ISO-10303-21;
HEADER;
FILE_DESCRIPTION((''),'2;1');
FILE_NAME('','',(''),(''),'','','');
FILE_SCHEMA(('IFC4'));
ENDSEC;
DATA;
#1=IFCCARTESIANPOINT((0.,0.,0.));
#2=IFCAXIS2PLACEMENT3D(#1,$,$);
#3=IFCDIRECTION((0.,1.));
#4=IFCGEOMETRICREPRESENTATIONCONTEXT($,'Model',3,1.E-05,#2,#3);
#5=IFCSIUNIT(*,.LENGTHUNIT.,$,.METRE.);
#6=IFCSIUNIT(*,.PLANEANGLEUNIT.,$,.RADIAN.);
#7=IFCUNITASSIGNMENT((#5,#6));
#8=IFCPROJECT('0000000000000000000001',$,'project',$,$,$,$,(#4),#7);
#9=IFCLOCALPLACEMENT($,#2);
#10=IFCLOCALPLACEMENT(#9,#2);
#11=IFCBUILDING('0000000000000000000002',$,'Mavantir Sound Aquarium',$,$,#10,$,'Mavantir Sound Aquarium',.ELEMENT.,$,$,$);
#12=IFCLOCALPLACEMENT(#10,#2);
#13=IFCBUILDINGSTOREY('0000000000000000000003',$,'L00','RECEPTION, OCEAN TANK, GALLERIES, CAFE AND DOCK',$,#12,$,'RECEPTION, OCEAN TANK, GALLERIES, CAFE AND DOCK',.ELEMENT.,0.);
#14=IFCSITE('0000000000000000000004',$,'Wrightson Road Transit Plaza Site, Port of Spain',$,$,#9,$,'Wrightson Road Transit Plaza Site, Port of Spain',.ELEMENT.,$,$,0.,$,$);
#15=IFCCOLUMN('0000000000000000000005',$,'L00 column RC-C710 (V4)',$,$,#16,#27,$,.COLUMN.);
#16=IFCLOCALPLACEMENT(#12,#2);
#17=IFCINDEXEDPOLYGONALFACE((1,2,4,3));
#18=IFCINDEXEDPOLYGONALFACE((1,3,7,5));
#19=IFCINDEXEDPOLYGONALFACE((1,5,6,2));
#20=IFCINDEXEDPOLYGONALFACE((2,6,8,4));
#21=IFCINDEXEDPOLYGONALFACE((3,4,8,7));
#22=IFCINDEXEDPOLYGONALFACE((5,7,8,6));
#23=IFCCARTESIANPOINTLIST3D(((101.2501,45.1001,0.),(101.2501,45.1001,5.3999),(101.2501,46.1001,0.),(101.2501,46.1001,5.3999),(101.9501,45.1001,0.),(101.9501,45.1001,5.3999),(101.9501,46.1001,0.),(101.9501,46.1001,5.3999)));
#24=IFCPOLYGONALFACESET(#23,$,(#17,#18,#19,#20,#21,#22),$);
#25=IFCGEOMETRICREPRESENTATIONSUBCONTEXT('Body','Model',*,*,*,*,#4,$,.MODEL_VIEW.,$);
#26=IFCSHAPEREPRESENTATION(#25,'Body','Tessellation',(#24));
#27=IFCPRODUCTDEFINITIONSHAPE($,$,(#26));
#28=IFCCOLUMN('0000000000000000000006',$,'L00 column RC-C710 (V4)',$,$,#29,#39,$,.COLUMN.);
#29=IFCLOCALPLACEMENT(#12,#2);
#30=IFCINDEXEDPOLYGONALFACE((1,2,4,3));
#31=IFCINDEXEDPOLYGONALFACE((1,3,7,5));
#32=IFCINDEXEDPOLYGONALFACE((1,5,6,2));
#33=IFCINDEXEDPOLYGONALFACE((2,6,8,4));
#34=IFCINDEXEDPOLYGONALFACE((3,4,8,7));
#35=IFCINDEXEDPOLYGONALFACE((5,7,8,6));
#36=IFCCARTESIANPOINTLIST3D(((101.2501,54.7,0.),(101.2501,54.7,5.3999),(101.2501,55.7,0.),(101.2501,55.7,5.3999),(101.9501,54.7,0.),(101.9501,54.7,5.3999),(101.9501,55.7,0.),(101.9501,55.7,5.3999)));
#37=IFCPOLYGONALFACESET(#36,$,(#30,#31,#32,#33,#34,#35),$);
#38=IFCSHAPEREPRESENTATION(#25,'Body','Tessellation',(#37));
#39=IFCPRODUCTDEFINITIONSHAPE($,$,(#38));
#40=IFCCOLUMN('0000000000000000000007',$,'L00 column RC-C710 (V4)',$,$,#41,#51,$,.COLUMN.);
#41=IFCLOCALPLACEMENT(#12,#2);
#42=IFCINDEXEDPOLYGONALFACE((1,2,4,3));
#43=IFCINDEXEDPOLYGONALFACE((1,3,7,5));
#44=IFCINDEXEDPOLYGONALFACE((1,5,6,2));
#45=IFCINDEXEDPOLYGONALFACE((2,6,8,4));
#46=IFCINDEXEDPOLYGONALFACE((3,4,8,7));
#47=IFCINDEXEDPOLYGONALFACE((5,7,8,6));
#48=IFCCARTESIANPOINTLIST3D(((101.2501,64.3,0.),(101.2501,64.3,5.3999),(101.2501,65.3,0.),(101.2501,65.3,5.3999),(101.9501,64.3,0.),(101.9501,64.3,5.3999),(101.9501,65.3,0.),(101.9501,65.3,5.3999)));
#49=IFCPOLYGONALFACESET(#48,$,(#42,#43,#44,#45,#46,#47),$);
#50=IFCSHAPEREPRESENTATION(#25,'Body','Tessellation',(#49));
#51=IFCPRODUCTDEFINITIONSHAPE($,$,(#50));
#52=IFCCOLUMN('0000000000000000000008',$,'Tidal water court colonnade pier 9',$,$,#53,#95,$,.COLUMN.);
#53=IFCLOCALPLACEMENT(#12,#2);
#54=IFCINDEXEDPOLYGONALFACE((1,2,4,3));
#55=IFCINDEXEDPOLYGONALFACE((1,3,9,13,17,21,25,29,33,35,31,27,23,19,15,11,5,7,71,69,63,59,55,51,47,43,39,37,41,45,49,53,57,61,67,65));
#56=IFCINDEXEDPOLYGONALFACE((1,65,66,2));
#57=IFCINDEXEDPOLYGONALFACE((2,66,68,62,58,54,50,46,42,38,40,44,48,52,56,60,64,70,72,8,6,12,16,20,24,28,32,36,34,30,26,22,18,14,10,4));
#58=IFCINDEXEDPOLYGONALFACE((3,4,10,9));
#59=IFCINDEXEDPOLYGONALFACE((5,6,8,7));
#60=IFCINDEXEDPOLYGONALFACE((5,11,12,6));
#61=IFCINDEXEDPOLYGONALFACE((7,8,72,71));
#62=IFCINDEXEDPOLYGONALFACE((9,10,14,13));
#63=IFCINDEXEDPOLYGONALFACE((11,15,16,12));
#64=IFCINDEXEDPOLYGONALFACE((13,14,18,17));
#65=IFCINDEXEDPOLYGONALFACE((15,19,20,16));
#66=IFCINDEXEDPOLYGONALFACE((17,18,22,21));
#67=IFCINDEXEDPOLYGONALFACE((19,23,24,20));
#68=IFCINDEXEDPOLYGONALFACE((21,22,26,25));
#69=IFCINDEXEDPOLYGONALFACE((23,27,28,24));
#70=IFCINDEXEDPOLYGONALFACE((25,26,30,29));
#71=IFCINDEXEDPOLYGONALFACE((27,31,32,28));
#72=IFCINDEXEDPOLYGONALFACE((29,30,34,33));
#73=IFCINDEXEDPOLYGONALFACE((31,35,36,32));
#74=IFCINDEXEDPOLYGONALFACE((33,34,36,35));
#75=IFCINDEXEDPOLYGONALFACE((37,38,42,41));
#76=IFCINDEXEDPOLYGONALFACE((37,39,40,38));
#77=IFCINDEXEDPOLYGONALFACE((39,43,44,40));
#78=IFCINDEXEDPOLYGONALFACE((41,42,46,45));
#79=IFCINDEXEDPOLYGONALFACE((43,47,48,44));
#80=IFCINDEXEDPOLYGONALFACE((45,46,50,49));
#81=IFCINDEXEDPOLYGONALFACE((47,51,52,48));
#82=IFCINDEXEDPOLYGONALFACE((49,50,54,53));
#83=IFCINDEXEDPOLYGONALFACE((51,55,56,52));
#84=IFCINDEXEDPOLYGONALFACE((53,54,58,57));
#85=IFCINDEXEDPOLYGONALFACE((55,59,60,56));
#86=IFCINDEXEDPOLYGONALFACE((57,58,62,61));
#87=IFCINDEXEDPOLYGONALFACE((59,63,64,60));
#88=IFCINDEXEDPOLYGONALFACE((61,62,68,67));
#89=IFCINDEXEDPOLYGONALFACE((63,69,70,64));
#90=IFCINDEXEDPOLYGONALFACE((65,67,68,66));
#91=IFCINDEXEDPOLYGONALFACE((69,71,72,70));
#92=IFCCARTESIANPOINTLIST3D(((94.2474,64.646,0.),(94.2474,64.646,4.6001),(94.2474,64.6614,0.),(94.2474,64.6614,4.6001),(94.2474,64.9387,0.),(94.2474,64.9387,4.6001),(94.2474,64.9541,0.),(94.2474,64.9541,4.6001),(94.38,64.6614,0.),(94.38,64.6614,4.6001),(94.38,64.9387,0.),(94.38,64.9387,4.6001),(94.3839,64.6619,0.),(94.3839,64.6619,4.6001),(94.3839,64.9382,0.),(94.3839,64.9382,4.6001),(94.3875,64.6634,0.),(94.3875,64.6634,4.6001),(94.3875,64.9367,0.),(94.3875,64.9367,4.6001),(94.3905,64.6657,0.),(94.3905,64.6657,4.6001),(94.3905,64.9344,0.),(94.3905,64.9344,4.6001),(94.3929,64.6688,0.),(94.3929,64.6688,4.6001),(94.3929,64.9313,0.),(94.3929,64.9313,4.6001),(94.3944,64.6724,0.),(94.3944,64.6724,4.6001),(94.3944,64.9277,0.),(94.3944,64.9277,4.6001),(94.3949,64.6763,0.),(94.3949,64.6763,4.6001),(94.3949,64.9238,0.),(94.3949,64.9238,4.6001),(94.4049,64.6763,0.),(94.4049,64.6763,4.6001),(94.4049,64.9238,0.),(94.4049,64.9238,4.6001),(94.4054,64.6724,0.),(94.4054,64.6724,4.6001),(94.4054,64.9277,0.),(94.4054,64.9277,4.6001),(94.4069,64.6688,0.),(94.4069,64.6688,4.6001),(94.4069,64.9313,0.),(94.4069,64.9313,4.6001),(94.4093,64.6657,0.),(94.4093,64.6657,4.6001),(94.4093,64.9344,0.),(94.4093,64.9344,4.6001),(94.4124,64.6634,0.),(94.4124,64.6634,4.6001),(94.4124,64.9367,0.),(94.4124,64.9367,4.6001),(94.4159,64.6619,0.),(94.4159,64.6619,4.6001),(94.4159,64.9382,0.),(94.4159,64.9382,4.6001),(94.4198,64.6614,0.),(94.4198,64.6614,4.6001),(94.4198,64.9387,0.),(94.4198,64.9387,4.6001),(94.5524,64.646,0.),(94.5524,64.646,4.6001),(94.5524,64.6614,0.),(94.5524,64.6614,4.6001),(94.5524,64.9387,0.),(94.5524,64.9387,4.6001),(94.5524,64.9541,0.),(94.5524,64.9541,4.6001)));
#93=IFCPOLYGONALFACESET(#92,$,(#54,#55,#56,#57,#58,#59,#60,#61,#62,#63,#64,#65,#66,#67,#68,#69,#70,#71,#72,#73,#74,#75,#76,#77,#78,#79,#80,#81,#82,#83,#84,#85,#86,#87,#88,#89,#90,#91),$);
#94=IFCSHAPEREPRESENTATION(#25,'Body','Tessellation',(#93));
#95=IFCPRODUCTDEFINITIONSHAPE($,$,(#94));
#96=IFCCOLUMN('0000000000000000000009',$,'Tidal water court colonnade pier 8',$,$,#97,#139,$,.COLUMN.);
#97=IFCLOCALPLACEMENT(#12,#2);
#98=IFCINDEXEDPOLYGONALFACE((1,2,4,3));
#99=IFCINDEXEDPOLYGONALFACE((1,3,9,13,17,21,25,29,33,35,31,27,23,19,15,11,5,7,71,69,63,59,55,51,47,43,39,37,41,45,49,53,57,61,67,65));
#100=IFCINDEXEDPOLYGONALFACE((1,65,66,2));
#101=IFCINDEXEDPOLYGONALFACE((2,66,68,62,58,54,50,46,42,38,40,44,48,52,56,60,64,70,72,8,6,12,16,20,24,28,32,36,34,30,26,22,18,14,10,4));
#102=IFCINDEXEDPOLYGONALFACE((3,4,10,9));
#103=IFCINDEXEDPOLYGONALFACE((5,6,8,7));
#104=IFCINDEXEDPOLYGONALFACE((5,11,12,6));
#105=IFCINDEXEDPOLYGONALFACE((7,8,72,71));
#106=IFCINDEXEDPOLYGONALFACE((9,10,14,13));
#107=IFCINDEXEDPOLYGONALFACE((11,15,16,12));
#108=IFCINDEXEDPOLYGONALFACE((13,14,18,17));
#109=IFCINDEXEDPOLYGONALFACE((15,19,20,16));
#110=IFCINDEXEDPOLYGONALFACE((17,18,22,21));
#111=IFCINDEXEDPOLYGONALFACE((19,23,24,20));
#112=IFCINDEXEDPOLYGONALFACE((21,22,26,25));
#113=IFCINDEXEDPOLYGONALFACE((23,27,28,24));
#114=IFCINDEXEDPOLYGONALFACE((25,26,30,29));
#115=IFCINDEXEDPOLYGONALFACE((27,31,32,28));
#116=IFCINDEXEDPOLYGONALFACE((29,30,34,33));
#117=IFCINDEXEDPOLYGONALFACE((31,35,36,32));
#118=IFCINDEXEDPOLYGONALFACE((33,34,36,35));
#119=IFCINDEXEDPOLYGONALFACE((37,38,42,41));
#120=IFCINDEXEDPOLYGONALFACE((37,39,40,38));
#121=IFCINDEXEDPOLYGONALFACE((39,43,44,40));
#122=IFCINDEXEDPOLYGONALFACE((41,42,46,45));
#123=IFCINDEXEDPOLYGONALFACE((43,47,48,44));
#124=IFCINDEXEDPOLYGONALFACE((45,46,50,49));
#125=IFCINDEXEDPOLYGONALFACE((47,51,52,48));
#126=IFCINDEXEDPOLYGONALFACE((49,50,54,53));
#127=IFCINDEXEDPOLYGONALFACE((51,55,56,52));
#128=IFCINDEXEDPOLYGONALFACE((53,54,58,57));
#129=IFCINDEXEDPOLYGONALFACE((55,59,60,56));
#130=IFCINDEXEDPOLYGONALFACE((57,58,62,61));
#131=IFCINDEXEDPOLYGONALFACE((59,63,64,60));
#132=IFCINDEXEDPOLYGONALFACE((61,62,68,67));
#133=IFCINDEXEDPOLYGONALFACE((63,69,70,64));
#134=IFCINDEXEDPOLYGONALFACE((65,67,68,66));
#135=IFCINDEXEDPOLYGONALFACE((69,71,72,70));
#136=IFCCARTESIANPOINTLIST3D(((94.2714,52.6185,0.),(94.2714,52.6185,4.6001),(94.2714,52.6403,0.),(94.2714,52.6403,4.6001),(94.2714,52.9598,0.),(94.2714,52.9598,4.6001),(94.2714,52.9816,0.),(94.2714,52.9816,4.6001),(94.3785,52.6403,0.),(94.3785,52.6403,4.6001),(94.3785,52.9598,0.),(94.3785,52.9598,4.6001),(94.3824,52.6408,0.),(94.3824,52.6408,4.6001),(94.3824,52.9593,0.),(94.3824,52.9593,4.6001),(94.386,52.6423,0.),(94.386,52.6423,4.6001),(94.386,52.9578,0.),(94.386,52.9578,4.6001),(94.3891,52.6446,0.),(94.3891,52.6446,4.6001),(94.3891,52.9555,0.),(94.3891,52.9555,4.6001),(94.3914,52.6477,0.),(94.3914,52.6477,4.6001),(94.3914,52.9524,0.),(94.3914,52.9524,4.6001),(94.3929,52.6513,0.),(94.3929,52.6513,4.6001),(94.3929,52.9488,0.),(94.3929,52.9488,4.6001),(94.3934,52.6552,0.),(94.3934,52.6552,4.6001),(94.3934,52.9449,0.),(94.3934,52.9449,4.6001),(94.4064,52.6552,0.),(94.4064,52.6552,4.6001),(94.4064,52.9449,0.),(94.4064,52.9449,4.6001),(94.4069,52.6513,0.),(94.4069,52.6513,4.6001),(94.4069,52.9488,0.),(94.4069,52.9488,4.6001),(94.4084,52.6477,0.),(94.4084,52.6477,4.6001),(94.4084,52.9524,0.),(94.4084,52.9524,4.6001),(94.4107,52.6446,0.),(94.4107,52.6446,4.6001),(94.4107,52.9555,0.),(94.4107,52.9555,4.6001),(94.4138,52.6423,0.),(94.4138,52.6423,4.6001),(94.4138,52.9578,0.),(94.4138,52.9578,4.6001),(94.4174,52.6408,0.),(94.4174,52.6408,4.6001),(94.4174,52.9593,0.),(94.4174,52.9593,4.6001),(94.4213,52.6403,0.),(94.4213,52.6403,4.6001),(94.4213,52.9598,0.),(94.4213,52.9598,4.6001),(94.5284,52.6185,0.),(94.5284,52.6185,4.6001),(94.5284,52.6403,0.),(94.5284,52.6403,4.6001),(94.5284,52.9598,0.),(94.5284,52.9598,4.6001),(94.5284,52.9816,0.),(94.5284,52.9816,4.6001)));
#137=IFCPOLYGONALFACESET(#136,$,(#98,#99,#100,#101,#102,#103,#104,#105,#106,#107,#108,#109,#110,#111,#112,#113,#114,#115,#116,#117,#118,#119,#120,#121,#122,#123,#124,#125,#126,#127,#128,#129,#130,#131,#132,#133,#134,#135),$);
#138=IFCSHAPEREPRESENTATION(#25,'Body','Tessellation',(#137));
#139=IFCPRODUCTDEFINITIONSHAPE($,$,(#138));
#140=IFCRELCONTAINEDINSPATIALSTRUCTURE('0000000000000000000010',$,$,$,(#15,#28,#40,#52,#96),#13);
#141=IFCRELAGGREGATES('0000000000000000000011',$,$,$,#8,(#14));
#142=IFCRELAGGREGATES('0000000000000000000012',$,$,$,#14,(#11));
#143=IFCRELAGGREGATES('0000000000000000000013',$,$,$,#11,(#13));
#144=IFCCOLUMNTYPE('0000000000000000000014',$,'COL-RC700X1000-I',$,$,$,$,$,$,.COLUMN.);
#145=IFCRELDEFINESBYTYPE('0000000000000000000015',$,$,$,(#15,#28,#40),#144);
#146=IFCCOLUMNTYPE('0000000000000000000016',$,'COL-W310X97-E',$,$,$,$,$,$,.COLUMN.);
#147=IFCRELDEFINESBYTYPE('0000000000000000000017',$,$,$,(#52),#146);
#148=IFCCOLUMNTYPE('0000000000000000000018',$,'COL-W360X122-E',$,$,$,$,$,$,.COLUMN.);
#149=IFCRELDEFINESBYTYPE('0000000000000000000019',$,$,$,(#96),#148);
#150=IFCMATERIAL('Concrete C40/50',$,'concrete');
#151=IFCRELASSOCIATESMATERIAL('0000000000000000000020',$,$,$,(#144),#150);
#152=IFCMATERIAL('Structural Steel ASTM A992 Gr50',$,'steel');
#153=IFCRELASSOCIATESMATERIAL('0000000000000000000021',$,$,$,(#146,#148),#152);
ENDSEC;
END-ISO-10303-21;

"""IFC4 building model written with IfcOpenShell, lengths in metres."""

from ifc_helpers import new_model, si_unit, direction, frame, origin, origin_2d, place, context, subcontext, project, spatial, rectangle, i_section, extrude, material, material_profile, profile_set, type_object, element, save


model = new_model("IFC4")

# Units and contexts
model_context = context("Model", 3, precision=1e-05, world=origin(), true_north=direction((0.0, 1.0)))
body_context = subcontext(model_context, "Body", "Model", "MODEL_VIEW")
ifc_project = project(units=[si_unit("LENGTHUNIT", "METRE"), si_unit("PLANEANGLEUNIT", "RADIAN")], contexts=[model_context])

# Site, building, storey
site_placement = place(None, origin())
site = spatial("IfcSite", under=ifc_project, at=site_placement, Name="Wrightson Road Transit Plaza Site, Port of Spain", LongName="Wrightson Road Transit Plaza Site, Port of Spain", CompositionType="ELEMENT", RefElevation=0.0)
building_placement = place(site_placement, origin())
building = spatial("IfcBuilding", under=site, at=building_placement, Name="Mavantir Sound Aquarium", LongName="Mavantir Sound Aquarium", CompositionType="ELEMENT")
storey_placement = place(building_placement, origin())
storey = spatial("IfcBuildingStorey", under=building, at=storey_placement, Name="L00", Description="RECEPTION, OCEAN TANK, GALLERIES, CAFE AND DOCK", LongName="RECEPTION, OCEAN TANK, GALLERIES, CAFE AND DOCK", CompositionType="ELEMENT", Elevation=0.0)

# Columns
ifc_material_1 = material(Name="Concrete C40/50", Category="concrete")
ifc_material_profile_1 = material_profile(ifc_material_1, rectangle(XDim=0.7, YDim=1.0, at=origin_2d()), Name="RC 700X1000")
ifc_profile_set_1 = profile_set([ifc_material_profile_1], Name="Concrete C40/50")
column_type_1 = type_object("IfcColumnType", Name="COL-RC700X1000-I", PredefinedType="COLUMN", material=ifc_profile_set_1)
for number, where, z_axis, x_axis, name in (
    (1, (101.6001, 45.6001, 0.0), (0.0, 0.0, 1.0), (1.0, 0.0, 0.0), "L00 column RC-C710 (V4)"),
    (2, (101.6001, 55.2, 0.0), (0.0, 0.0, 1.0), (1.0, 0.0, 0.0), "L00 column RC-C710 (V4)"),
    (3, (101.6001, 64.8, 0.0), (0.0, 0.0, 1.0), (1.0, 0.0, 0.0), "L00 column RC-C710 (V4)"),
):
    element("IfcColumn", number, at=place(storey_placement, frame(where, z_axis=z_axis, x_axis=x_axis)), inside=storey, type_object=column_type_1, Name=name, PredefinedType="COLUMN", context=body_context, shape_type="SweptSolid", body=[
        extrude(rectangle(XDim=0.7, YDim=1.0, at=origin_2d()), origin(), (0.0, 0.0, 1.0), 5.3999),
    ])
ifc_material_2 = material(Name="Structural Steel ASTM A992 Gr50", Category="steel")
ifc_material_profile_2 = material_profile(ifc_material_2, i_section(OverallWidth=0.3049, OverallDepth=0.3081, WebThickness=0.01, FlangeThickness=0.0154, FilletRadius=0.0149, at=origin_2d()), Name="W310X97")
ifc_profile_set_2 = profile_set([ifc_material_profile_2], Name="Structural Steel ASTM A992 Gr50")
column_type_2 = type_object("IfcColumnType", Name="COL-W310X97-E", PredefinedType="COLUMN", material=ifc_profile_set_2)
column_1_placement = place(storey_placement, frame((94.3999, 64.8, 0.0), z_axis=(0.0, 0.0, 1.0), x_axis=(1.0, 0.0, 0.0)))
element("IfcColumn", 4, at=column_1_placement, inside=storey, type_object=column_type_2, Name="Tidal water court colonnade pier 9", PredefinedType="COLUMN", context=body_context, shape_type="SweptSolid", body=[
    extrude(i_section(OverallWidth=0.3049, OverallDepth=0.3081, WebThickness=0.01, FlangeThickness=0.0154, FilletRadius=0.0149, at=origin_2d()), origin(), (0.0, 0.0, 1.0), 4.6001),
])
ifc_material_profile_3 = material_profile(ifc_material_2, i_section(OverallWidth=0.2571, OverallDepth=0.363, WebThickness=0.0129, FlangeThickness=0.0217, FilletRadius=0.0149, at=origin_2d()), Name="W360X122")
ifc_profile_set_3 = profile_set([ifc_material_profile_3], Name="Structural Steel ASTM A992 Gr50")
column_type_3 = type_object("IfcColumnType", Name="COL-W360X122-E", PredefinedType="COLUMN", material=ifc_profile_set_3)
column_2_placement = place(storey_placement, frame((94.3999, 52.8, 0.0), z_axis=(0.0, 0.0, 1.0), x_axis=(1.0, 0.0, 0.0)))
element("IfcColumn", 5, at=column_2_placement, inside=storey, type_object=column_type_3, Name="Tidal water court colonnade pier 8", PredefinedType="COLUMN", context=body_context, shape_type="SweptSolid", body=[
    extrude(i_section(OverallWidth=0.2571, OverallDepth=0.363, WebThickness=0.0129, FlangeThickness=0.0217, FilletRadius=0.0149, at=origin_2d()), origin(), (0.0, 0.0, 1.0), 4.6001),
])

save(model, "model.ifc")
